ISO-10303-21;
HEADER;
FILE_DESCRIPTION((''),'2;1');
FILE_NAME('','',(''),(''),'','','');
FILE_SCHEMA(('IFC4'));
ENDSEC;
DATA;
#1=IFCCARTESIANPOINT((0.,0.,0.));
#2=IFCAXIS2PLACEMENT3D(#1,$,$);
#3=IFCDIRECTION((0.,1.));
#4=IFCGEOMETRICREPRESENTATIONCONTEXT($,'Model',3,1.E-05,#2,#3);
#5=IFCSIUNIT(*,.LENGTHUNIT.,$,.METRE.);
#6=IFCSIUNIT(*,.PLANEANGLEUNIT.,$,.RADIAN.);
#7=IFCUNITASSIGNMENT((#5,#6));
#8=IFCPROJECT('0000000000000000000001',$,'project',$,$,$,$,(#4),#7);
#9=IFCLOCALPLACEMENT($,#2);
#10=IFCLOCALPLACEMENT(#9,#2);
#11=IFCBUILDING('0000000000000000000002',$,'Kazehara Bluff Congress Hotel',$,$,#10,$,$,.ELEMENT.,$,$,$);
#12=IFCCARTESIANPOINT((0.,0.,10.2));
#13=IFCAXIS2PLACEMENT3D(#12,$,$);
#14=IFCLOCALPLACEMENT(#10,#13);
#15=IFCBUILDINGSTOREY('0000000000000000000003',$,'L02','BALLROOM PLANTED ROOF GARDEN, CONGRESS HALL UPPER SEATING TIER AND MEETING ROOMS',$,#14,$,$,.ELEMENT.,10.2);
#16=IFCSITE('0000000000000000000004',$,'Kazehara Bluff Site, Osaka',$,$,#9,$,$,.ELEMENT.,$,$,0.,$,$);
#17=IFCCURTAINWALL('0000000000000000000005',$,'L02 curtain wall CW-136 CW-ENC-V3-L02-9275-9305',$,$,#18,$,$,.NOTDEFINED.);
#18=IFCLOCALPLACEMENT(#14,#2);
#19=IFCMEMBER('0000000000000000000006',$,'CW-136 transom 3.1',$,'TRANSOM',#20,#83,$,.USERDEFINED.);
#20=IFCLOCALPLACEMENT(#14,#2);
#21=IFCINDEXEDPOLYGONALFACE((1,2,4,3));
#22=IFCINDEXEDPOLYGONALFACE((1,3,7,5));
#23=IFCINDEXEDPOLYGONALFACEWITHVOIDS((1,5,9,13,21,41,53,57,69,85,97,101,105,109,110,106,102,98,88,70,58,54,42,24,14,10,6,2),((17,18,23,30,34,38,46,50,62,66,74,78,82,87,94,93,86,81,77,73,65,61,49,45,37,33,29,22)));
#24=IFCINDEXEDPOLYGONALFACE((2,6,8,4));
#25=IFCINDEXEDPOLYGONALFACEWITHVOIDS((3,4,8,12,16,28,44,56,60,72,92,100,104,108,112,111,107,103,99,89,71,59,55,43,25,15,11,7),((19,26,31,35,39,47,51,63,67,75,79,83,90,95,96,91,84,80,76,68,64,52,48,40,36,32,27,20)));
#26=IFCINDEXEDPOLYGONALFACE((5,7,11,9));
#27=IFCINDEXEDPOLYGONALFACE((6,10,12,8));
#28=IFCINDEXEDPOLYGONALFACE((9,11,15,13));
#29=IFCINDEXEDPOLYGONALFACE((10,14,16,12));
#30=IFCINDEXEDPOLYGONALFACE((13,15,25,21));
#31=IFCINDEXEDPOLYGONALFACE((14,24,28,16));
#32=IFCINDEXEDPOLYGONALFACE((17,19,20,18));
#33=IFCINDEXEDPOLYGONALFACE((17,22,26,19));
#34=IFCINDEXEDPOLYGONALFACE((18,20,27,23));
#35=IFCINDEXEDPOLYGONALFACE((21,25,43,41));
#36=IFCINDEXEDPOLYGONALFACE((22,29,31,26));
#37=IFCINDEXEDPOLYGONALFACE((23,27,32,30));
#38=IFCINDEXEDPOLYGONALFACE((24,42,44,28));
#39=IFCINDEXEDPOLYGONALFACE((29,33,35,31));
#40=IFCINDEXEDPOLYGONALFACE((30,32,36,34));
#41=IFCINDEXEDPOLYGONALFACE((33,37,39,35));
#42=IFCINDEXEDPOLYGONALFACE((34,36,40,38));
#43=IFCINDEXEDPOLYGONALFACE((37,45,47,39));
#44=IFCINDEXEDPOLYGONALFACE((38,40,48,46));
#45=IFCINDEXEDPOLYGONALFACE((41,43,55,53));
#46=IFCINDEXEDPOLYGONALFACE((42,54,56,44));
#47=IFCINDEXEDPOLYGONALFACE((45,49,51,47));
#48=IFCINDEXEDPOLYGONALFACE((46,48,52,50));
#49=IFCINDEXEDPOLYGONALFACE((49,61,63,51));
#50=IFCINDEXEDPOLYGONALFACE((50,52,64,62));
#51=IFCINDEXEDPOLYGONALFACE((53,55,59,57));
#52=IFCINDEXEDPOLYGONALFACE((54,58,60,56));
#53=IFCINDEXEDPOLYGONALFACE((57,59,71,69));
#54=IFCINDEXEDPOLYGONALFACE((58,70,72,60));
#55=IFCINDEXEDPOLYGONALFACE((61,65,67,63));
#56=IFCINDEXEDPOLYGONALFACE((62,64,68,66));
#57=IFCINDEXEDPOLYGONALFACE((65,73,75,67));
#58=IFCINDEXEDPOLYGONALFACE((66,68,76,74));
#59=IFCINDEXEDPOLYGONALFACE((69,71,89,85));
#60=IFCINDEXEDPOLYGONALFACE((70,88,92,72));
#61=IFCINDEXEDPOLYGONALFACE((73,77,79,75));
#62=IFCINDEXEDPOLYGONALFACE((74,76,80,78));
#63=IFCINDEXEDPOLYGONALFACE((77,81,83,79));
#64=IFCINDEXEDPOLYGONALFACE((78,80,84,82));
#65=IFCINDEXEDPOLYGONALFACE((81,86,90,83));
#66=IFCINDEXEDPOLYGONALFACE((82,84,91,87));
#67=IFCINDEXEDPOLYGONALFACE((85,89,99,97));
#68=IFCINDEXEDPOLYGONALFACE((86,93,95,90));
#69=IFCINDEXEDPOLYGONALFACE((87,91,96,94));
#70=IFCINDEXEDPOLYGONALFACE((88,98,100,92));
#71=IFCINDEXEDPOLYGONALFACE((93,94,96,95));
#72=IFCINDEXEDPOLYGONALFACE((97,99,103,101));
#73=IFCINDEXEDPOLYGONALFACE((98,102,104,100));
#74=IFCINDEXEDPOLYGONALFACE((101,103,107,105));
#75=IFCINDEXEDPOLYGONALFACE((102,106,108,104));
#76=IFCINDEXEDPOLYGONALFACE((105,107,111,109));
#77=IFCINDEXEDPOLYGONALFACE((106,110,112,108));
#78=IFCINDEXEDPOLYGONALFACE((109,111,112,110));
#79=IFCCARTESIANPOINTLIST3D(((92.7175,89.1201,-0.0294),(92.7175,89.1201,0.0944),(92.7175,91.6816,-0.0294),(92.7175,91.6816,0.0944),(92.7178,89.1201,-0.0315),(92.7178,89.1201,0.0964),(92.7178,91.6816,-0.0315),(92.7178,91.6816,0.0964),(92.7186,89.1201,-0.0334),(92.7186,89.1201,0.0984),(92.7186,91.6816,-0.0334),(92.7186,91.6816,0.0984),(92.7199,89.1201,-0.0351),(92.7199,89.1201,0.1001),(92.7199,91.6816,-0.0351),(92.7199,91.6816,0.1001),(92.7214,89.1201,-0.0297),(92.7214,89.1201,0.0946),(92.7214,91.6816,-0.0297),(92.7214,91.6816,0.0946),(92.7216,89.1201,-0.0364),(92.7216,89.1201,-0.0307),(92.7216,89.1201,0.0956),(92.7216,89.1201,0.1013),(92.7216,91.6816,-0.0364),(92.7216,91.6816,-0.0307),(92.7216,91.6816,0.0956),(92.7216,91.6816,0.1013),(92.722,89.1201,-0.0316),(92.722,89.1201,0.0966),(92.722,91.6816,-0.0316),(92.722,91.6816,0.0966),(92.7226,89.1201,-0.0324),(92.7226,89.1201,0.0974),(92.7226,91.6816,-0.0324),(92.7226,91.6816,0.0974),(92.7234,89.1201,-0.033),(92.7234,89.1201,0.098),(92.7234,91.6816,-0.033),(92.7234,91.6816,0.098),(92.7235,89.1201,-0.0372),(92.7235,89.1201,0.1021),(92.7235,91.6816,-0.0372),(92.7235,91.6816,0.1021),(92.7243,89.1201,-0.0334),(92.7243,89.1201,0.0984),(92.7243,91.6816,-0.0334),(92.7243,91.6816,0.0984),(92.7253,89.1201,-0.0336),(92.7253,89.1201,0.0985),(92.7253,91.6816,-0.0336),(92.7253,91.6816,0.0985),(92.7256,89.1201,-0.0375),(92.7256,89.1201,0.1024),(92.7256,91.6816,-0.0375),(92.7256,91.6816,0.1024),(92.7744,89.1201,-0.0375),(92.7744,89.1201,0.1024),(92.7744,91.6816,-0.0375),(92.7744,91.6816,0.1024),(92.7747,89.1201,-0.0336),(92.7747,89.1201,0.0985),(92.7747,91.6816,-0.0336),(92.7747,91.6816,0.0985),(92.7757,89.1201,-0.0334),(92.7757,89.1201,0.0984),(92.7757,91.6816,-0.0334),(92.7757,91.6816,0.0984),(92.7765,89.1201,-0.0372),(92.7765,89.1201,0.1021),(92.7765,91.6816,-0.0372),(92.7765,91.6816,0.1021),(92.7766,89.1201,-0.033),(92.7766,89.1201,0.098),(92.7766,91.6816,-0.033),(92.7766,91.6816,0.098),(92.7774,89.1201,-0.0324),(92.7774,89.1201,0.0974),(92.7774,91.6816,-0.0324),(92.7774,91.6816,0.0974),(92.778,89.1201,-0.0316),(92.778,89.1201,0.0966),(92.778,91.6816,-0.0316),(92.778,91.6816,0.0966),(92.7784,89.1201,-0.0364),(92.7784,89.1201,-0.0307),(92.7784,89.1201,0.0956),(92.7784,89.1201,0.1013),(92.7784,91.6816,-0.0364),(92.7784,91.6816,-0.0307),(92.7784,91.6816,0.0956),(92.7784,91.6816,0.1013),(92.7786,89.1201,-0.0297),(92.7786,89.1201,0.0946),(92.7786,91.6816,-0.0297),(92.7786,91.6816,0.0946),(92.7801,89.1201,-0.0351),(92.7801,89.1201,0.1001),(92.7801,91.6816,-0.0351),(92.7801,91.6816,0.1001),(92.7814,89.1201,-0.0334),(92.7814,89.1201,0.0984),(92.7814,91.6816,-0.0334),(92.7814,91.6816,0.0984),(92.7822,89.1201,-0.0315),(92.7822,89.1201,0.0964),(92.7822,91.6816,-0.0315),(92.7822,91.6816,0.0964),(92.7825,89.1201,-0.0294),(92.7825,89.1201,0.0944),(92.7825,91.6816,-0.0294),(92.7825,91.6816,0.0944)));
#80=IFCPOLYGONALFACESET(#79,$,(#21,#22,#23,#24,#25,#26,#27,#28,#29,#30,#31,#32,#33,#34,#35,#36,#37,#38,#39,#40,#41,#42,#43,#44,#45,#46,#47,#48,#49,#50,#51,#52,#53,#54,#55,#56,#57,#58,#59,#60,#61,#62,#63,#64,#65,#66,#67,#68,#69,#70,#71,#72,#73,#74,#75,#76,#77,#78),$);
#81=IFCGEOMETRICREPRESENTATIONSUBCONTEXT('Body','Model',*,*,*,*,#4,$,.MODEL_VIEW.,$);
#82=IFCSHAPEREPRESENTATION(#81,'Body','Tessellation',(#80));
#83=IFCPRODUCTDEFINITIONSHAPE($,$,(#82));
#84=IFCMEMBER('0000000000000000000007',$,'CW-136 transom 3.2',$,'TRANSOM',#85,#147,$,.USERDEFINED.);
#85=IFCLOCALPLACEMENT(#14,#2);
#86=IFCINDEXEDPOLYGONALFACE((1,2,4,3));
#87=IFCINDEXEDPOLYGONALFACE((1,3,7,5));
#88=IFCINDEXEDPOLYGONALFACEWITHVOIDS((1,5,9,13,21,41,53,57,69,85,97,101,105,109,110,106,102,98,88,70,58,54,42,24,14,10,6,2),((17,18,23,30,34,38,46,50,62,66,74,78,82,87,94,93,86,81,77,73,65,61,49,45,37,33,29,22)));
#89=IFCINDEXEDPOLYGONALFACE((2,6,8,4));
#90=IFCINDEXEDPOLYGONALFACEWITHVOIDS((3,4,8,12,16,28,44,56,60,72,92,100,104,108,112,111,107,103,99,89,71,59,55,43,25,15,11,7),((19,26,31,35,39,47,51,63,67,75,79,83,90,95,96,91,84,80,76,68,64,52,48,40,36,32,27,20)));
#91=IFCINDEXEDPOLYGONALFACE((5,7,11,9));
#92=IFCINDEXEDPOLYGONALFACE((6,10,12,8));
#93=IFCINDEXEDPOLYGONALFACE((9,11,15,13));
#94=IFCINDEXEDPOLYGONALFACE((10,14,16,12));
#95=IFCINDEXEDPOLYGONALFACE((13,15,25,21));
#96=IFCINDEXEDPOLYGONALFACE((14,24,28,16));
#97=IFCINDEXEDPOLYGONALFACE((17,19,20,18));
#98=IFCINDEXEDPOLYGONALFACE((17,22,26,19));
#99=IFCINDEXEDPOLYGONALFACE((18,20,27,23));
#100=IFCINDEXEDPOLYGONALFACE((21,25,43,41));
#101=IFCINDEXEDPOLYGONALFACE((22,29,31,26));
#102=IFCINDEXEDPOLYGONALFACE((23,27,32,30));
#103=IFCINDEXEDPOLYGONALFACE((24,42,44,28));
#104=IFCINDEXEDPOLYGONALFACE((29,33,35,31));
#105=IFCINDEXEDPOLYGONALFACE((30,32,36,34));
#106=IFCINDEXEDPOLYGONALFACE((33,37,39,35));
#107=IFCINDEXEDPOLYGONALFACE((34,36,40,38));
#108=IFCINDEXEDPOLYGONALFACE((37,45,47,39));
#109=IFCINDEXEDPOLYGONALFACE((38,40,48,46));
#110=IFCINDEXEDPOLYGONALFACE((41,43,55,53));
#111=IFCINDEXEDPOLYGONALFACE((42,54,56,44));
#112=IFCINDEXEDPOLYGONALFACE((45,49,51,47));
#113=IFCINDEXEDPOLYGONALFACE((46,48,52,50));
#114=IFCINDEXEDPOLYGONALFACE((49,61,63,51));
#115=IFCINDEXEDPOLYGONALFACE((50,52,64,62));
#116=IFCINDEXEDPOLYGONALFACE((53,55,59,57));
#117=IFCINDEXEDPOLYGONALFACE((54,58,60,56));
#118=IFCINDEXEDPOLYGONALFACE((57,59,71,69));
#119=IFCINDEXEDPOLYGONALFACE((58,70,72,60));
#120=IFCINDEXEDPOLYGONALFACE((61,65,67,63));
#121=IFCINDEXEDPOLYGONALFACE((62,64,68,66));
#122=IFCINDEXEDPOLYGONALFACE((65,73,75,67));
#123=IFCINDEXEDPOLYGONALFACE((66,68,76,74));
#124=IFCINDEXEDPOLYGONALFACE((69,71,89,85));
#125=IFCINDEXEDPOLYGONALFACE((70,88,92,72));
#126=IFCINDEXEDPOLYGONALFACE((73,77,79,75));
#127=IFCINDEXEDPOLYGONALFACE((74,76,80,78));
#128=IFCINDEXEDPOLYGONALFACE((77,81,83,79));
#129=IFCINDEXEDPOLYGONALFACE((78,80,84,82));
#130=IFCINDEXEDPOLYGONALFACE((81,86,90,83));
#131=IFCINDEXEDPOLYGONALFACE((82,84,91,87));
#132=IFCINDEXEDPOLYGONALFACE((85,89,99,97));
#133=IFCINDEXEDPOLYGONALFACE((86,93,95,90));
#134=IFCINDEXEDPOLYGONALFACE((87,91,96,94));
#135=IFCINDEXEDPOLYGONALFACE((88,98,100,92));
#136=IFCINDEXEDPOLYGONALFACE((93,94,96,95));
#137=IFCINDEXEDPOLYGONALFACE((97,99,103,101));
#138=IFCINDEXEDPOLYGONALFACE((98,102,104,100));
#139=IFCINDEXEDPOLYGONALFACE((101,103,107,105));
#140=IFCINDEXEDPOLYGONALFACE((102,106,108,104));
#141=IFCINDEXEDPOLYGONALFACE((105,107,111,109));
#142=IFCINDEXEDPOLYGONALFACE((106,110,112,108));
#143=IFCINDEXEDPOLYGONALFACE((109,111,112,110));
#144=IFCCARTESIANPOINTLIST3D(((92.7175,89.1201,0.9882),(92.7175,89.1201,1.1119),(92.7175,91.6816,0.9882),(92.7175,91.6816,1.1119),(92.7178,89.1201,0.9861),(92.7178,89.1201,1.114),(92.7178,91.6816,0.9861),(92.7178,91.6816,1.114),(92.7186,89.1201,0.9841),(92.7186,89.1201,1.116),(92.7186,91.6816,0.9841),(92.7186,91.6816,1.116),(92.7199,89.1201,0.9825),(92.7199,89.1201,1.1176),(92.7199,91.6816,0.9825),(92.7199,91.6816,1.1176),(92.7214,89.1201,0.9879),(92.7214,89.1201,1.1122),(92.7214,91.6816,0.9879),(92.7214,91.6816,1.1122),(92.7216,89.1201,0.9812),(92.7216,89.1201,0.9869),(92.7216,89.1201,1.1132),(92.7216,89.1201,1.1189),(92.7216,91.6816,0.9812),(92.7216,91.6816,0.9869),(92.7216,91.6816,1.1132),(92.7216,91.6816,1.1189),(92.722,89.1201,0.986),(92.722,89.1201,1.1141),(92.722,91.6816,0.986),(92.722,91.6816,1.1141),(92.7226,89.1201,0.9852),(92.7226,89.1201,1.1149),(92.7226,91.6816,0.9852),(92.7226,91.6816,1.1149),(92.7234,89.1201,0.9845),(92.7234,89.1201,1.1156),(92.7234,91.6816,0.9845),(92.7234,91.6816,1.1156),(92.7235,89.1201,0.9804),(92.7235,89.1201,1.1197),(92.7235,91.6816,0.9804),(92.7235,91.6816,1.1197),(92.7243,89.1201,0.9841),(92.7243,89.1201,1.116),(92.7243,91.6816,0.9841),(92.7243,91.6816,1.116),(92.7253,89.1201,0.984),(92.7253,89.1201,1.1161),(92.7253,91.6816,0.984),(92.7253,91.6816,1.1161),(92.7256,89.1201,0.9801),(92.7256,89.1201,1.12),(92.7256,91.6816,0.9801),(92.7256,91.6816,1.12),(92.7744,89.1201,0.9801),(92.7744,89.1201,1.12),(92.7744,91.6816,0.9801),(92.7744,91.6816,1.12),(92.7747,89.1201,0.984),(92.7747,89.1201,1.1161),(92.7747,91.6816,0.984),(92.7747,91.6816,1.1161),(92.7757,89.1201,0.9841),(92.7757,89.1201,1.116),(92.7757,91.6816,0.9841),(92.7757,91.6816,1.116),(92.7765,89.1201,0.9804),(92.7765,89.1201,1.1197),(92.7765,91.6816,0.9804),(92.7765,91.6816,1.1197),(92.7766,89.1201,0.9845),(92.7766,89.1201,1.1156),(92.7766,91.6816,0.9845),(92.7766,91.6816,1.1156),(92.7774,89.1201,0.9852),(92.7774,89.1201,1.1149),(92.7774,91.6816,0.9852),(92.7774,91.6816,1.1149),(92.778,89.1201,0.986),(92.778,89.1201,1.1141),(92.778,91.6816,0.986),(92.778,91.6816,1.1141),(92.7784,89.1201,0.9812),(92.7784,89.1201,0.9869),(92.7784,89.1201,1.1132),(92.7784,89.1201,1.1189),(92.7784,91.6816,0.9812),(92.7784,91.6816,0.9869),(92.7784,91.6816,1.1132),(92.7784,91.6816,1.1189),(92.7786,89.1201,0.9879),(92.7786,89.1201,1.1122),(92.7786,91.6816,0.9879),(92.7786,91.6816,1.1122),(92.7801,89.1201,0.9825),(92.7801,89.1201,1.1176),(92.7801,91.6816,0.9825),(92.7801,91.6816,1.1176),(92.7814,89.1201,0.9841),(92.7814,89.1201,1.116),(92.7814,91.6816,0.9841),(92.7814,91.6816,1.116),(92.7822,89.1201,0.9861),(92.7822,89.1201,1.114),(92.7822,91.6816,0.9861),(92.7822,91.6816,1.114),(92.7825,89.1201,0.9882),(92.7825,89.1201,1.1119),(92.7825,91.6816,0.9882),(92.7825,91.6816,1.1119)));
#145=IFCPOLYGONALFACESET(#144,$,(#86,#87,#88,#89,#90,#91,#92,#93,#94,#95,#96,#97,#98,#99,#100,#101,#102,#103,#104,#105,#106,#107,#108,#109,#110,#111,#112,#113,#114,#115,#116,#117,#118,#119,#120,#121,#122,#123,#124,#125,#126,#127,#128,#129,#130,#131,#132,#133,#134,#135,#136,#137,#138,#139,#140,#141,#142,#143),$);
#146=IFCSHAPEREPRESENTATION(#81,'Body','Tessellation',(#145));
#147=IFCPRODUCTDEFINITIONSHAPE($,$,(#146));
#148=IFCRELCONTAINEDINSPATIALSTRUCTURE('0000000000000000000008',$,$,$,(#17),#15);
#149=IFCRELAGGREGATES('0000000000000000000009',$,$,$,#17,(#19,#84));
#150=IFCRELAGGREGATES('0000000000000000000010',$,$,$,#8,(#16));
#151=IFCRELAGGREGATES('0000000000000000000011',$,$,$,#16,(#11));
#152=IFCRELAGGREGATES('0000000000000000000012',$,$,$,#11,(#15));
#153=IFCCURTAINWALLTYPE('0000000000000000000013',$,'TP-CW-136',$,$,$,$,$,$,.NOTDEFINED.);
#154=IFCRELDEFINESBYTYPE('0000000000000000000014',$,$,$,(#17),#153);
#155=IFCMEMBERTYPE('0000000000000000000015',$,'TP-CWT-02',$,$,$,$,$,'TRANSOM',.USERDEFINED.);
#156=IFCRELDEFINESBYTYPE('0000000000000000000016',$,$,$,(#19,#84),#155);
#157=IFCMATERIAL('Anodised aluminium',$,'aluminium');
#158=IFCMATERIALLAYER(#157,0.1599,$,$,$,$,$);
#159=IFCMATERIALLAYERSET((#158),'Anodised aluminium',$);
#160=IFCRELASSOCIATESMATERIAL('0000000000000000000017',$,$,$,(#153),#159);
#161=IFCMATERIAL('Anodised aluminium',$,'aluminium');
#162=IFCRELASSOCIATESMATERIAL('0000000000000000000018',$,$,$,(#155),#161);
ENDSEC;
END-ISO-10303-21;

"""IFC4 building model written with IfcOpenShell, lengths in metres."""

from ifc_helpers import new_model, si_unit, direction, frame, origin, origin_2d, place, context, subcontext, project, spatial, hollow_rectangle, extrude, material, layer, layer_set, material_profile, profile_set, type_object, element, aggregate, save


model = new_model("IFC4")

# Units and contexts
model_context = context("Model", 3, precision=1e-05, world=origin(), true_north=direction((0.0, 1.0)))
body_context = subcontext(model_context, "Body", "Model", "MODEL_VIEW")
ifc_project = project(units=[si_unit("LENGTHUNIT", "METRE"), si_unit("PLANEANGLEUNIT", "RADIAN")], contexts=[model_context])

# Site, building, storey
site_placement = place(None, origin())
site = spatial("IfcSite", under=ifc_project, at=site_placement, Name="Kazehara Bluff Site, Osaka", CompositionType="ELEMENT", RefElevation=0.0)
building_placement = place(site_placement, origin())
building = spatial("IfcBuilding", under=site, at=building_placement, Name="Kazehara Bluff Congress Hotel", CompositionType="ELEMENT")
storey_placement = place(building_placement, frame((0.0, 0.0, 10.2)))
storey = spatial("IfcBuildingStorey", under=building, at=storey_placement, Name="L02", Description="BALLROOM PLANTED ROOF GARDEN, CONGRESS HALL UPPER SEATING TIER AND MEETING ROOMS", CompositionType="ELEMENT", Elevation=10.2)

# Curtain wall
ifc_material_1 = material(Name="Anodised aluminium", Category="aluminium")
ifc_layer_1 = layer(ifc_material_1, 0.1599)
ifc_layer_set_1 = layer_set([ifc_layer_1], Name="Anodised aluminium")
curtain_wall_type_1 = type_object("IfcCurtainWallType", Name="TP-CW-136", PredefinedType="NOTDEFINED", material=ifc_layer_set_1)
curtain_wall_1_placement = place(storey_placement, origin())
curtain_wall_1 = element("IfcCurtainWall", 1, at=curtain_wall_1_placement, inside=storey, type_object=curtain_wall_type_1, Name="L02 curtain wall CW-136 CW-ENC-V3-L02-9275-9305", PredefinedType="NOTDEFINED")

# Members
ifc_material_2 = material(Name="Anodised aluminium", Category="aluminium")
ifc_material_profile_1 = material_profile(ifc_material_2, hollow_rectangle(XDim=0.0649, YDim=0.1399, WallThickness=0.0039, InnerFilletRadius=0.0039, OuterFilletRadius=0.0081, at=origin_2d()))
ifc_profile_set_1 = profile_set([ifc_material_profile_1], Name="Anodised aluminium")
member_type_1 = type_object("IfcMemberType", Name="TP-CWT-02", ElementType="TRANSOM", PredefinedType="USERDEFINED", material=ifc_profile_set_1)
member_1_placement = place(storey_placement, frame((92.75, 91.6816, 0.0325), z_axis=(0.0, -1.0, 0.0), x_axis=(1.0, 0.0, 0.0)))
member_1 = element("IfcMember", 2, at=member_1_placement, type_object=member_type_1, Name="CW-136 transom 3.1", ObjectType="TRANSOM", PredefinedType="USERDEFINED", context=body_context, shape_type="SweptSolid", body=[
    extrude(hollow_rectangle(XDim=0.0649, YDim=0.1399, WallThickness=0.0039, InnerFilletRadius=0.0039, OuterFilletRadius=0.0081, at=origin_2d()), origin(), (0.0, 0.0, 1.0), 2.5615),
])
member_2_placement = place(storey_placement, frame((92.75, 91.6816, 1.05), z_axis=(0.0, -1.0, 0.0), x_axis=(1.0, 0.0, 0.0)))
member_2 = element("IfcMember", 3, at=member_2_placement, type_object=member_type_1, Name="CW-136 transom 3.2", ObjectType="TRANSOM", PredefinedType="USERDEFINED", context=body_context, shape_type="SweptSolid", body=[
    extrude(hollow_rectangle(XDim=0.0649, YDim=0.1399, WallThickness=0.0039, InnerFilletRadius=0.0039, OuterFilletRadius=0.0081, at=origin_2d()), origin(), (0.0, 0.0, 1.0), 2.5615),
])

aggregate(curtain_wall_1, [member_1, member_2])

save(model, "model.ifc")
